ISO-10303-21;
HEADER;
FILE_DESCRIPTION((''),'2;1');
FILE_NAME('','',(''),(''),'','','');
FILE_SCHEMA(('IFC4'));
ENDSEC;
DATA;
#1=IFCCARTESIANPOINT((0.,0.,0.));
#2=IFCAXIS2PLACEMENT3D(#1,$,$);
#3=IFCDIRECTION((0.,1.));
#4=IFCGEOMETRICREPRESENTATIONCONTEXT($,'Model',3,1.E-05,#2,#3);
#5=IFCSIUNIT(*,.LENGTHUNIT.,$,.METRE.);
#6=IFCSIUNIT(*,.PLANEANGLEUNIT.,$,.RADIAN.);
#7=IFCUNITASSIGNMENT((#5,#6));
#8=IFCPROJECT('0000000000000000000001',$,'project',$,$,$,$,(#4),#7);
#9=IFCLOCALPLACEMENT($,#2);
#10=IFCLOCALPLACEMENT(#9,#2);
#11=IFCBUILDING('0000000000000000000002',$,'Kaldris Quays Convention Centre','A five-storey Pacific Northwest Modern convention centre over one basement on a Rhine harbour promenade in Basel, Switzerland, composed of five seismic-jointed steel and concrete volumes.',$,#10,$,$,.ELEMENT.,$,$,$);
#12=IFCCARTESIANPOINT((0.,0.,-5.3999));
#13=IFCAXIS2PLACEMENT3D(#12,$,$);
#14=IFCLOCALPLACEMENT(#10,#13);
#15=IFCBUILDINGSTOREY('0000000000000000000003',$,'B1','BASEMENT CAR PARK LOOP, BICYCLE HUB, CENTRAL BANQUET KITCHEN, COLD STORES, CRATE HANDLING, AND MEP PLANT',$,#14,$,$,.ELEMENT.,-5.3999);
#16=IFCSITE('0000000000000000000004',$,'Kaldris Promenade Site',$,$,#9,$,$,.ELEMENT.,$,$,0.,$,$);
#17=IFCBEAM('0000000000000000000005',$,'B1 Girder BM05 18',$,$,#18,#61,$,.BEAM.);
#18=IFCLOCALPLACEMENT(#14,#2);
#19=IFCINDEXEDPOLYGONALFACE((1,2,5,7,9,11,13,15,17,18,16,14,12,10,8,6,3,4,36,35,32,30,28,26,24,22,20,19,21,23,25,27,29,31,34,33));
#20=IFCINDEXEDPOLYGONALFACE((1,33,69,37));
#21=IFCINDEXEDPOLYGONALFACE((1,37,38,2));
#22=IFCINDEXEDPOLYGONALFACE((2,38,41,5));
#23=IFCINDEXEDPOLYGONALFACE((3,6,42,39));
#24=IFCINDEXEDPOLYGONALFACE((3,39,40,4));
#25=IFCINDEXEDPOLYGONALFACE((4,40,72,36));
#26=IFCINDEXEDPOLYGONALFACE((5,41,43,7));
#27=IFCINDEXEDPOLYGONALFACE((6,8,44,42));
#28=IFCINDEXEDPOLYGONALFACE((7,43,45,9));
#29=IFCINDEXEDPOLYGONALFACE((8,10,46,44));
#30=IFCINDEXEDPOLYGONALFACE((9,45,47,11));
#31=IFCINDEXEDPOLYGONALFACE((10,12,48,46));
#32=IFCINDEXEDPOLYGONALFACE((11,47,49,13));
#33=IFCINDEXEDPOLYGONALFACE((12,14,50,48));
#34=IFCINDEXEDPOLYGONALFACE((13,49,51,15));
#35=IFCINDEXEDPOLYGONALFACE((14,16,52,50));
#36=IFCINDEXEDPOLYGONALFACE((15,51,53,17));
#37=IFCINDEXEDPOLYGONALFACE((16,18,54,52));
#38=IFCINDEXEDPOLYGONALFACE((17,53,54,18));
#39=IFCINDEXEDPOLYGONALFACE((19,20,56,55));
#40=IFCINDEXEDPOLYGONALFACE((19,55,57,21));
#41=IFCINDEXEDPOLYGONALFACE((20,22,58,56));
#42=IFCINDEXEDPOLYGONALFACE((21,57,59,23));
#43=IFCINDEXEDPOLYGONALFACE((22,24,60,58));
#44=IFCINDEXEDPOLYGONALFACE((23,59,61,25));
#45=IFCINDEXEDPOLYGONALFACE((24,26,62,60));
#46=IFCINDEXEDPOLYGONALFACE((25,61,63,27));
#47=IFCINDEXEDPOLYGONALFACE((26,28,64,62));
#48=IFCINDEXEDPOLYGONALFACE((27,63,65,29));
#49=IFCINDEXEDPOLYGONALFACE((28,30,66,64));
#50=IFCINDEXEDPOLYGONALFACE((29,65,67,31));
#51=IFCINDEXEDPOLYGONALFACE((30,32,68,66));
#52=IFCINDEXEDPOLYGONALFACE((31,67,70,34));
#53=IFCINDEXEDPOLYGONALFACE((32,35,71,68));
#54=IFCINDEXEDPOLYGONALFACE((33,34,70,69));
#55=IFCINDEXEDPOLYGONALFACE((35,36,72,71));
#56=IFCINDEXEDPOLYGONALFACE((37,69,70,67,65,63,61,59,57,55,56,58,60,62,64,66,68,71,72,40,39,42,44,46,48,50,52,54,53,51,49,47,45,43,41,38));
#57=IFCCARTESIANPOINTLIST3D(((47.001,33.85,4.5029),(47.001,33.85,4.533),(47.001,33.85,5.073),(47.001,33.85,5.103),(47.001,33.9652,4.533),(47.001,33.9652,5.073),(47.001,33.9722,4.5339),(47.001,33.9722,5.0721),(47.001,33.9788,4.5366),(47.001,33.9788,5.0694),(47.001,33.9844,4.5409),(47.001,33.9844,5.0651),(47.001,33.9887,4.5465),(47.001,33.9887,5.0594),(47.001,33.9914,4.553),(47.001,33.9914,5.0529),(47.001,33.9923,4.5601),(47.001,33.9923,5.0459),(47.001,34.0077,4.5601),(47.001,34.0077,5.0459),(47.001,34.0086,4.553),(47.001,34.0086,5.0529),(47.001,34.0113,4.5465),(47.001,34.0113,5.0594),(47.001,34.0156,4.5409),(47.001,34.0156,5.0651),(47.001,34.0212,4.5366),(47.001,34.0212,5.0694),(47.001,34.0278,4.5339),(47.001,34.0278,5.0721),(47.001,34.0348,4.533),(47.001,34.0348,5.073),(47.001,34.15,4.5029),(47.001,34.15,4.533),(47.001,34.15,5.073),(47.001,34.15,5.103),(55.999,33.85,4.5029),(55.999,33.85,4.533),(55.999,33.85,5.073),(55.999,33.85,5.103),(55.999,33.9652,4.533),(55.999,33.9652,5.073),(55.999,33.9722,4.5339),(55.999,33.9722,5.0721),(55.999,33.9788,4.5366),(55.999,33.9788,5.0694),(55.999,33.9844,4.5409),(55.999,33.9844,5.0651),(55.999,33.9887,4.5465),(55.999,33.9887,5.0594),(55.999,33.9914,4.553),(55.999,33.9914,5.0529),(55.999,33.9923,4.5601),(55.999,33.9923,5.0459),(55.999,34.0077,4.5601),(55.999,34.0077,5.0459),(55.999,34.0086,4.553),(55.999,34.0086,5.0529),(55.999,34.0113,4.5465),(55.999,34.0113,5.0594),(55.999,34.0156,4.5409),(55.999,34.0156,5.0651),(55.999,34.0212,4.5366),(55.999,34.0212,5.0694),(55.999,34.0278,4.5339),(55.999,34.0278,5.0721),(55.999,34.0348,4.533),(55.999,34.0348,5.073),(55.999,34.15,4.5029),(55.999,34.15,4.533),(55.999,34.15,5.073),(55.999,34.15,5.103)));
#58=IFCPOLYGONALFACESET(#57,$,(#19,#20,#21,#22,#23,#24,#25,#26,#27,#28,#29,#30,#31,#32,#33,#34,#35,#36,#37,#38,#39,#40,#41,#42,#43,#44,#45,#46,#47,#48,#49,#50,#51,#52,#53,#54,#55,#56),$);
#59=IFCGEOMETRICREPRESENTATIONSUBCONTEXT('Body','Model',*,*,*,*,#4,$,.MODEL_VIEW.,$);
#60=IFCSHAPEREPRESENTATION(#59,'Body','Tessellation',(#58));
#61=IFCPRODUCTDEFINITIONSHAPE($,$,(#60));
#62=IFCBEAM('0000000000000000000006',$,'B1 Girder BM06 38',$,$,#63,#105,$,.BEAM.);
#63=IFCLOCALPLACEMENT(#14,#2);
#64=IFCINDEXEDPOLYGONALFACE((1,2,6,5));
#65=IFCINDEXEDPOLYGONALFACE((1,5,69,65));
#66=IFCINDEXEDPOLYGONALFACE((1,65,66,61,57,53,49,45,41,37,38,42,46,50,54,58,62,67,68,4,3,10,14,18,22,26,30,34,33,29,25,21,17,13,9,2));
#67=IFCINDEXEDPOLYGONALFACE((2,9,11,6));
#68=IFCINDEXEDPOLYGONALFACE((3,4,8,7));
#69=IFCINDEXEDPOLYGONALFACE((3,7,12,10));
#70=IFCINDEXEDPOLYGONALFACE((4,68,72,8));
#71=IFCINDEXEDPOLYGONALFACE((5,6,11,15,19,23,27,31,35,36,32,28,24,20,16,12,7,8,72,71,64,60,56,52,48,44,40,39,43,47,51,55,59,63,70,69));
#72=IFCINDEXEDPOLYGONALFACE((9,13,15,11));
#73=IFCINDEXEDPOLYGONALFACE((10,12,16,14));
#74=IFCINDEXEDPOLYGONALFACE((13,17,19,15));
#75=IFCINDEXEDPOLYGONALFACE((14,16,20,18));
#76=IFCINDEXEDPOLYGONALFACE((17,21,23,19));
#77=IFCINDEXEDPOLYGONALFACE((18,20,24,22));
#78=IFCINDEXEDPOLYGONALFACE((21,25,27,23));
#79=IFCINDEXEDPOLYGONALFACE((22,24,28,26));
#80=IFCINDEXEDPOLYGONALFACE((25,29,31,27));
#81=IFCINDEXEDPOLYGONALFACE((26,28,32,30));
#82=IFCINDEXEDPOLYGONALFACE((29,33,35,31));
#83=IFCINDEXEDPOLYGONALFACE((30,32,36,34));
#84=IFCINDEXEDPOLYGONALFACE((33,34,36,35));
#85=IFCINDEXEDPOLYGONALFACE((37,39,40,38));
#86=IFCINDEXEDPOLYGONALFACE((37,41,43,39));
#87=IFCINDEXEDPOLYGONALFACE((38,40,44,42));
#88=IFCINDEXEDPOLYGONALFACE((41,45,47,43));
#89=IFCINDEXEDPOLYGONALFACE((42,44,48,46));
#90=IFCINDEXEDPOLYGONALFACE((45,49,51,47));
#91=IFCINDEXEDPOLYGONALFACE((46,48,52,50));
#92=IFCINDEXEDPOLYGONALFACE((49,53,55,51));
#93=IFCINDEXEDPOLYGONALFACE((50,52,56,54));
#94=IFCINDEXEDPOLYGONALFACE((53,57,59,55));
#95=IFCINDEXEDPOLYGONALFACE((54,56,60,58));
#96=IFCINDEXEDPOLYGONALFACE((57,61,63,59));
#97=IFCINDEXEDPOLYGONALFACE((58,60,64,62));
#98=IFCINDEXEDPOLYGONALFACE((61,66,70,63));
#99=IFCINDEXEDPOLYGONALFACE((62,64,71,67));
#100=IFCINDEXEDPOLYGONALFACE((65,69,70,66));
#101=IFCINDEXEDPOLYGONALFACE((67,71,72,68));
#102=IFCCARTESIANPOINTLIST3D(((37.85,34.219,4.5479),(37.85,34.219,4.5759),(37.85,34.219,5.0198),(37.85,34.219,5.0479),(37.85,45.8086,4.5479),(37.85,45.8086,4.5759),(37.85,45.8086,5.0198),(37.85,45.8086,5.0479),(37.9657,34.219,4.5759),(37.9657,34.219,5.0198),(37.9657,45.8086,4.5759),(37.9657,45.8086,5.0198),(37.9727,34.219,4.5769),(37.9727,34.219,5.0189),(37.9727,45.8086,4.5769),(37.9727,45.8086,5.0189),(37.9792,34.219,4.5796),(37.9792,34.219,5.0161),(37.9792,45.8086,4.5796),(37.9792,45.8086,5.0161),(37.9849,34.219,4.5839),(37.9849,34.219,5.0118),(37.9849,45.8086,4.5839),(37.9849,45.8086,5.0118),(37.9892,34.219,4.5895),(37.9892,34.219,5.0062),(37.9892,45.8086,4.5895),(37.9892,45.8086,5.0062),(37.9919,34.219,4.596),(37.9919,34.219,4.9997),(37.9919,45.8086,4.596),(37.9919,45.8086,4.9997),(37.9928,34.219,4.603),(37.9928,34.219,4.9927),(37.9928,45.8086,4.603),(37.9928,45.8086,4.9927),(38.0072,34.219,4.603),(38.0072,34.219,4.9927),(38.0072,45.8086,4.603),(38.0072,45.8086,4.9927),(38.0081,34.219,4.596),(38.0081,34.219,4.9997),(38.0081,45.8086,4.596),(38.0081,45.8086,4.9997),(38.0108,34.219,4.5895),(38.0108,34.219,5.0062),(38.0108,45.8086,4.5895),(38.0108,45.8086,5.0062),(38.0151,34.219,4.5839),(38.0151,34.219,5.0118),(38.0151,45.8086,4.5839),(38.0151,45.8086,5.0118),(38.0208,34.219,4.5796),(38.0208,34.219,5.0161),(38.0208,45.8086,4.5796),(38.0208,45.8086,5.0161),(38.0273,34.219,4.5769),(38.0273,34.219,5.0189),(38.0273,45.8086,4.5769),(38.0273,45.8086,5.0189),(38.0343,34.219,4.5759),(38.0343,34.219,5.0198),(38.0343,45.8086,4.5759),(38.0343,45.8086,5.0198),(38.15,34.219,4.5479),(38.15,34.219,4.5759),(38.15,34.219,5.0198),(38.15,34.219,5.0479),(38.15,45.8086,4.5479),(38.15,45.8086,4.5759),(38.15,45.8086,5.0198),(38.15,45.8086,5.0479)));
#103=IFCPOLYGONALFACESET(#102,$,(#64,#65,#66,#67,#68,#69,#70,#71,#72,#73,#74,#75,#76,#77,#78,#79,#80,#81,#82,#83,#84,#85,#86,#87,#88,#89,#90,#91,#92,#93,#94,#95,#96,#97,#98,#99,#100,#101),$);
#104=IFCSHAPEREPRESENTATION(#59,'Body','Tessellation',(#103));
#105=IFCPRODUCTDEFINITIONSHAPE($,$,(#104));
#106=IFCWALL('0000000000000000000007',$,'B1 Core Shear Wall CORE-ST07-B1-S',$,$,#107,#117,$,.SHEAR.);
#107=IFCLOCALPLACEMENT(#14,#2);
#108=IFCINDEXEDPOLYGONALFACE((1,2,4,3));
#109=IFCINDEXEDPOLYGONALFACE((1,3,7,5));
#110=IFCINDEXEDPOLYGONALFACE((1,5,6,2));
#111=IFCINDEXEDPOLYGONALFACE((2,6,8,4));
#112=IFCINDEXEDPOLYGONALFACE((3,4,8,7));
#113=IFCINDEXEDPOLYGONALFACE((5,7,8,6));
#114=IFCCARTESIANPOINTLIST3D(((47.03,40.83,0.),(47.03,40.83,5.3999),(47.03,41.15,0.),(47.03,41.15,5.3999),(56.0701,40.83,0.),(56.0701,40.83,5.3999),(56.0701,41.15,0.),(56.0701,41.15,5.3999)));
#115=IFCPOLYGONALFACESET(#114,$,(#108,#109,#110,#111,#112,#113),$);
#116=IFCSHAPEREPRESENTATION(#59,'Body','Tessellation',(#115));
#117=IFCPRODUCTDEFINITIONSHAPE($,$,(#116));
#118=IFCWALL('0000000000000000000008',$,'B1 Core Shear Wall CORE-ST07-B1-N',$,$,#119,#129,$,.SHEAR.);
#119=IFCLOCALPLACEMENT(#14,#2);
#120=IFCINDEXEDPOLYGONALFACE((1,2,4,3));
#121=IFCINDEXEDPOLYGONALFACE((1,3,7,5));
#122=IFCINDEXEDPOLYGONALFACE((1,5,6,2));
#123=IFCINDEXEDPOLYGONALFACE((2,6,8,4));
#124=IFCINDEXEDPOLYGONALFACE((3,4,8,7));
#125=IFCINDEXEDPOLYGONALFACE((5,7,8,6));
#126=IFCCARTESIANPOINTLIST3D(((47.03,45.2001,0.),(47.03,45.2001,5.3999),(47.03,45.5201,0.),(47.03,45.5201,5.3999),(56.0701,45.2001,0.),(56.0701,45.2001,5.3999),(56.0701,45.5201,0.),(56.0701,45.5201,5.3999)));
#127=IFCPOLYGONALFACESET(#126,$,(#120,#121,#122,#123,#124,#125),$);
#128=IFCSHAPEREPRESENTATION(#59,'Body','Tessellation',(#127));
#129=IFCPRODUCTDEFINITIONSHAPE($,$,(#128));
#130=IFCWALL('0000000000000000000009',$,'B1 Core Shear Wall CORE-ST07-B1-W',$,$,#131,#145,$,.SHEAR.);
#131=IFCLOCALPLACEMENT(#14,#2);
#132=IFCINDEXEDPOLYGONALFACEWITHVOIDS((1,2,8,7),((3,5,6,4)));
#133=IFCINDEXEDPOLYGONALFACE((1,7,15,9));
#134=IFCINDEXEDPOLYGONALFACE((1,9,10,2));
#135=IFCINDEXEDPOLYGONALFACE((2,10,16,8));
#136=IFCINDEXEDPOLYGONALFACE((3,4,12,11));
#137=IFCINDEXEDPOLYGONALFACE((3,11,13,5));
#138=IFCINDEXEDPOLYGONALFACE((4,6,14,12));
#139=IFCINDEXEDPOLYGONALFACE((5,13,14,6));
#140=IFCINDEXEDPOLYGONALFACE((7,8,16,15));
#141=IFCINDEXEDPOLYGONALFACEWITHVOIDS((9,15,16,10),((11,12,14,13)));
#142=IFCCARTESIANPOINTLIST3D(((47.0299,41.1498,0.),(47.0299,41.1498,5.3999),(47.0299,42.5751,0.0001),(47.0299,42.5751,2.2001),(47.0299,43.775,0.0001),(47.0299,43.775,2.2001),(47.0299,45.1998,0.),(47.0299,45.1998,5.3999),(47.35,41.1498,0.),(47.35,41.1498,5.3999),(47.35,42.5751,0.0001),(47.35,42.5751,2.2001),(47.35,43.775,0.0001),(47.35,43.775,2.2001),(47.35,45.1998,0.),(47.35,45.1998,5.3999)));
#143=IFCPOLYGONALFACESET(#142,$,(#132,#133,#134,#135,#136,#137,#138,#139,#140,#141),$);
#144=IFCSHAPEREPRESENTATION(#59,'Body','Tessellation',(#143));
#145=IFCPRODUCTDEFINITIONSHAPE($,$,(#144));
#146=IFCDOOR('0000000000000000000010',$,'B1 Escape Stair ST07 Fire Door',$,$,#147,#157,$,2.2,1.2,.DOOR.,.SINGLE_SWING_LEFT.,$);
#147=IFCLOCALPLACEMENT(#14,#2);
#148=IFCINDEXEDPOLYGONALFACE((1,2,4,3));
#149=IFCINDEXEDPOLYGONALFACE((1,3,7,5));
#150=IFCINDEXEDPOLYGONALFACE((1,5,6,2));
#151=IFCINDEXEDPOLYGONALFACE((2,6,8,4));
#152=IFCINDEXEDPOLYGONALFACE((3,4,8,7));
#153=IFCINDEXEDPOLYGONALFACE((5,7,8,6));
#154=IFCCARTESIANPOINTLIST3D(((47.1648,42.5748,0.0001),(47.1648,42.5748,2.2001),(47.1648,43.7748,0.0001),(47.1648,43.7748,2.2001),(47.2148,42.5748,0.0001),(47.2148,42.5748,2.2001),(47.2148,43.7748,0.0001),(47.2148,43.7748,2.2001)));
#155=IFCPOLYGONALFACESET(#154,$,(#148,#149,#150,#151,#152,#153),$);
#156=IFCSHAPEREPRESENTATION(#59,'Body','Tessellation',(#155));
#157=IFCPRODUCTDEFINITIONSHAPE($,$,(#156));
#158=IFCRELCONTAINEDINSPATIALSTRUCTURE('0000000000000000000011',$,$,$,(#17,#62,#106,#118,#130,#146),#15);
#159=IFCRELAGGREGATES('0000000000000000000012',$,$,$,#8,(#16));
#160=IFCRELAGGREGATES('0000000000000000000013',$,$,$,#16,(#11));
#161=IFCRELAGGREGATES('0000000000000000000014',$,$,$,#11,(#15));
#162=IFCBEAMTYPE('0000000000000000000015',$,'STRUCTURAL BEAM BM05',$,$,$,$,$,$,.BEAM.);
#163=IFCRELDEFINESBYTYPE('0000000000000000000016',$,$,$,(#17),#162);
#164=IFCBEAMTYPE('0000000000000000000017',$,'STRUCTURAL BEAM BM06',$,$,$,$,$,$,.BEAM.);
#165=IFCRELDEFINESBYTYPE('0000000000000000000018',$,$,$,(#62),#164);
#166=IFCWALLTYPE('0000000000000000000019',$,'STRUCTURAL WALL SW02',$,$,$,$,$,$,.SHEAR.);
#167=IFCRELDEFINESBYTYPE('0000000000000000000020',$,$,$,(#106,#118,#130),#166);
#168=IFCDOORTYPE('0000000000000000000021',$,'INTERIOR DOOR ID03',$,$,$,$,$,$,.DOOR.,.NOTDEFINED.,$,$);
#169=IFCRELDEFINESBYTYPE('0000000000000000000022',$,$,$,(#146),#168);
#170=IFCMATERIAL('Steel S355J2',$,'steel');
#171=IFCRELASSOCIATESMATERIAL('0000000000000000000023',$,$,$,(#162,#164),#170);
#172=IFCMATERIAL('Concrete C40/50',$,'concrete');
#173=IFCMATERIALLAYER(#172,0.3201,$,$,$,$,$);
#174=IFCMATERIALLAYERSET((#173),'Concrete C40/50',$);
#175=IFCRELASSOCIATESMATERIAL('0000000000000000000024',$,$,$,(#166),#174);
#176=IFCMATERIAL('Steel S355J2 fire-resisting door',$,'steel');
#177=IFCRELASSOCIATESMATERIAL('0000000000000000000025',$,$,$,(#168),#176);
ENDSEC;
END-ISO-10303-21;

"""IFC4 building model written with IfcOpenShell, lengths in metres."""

from ifc_helpers import new_model, si_unit, direction, frame, frame_2d, origin, origin_2d, place, context, subcontext, project, spatial, rectangle, i_section, extrude, material, layer, layer_set, material_profile, profile_set, type_object, element, fill, save


model = new_model("IFC4")

# Units and contexts
model_context = context("Model", 3, precision=1e-05, world=origin(), true_north=direction((0.0, 1.0)))
body_context = subcontext(model_context, "Body", "Model", "MODEL_VIEW")
ifc_project = project(units=[si_unit("LENGTHUNIT", "METRE"), si_unit("PLANEANGLEUNIT", "RADIAN")], contexts=[model_context])

# Site, building, storey
site_placement = place(None, origin())
site = spatial("IfcSite", under=ifc_project, at=site_placement, Name="Kaldris Promenade Site", CompositionType="ELEMENT", RefElevation=0.0)
building_placement = place(site_placement, origin())
building = spatial("IfcBuilding", under=site, at=building_placement, Name="Kaldris Quays Convention Centre", Description="A five-storey Pacific Northwest Modern convention centre over one basement on a Rhine harbour promenade in Basel, Switzerland, composed of five seismic-jointed steel and concrete volumes.", CompositionType="ELEMENT")
storey_placement = place(building_placement, frame((0.0, 0.0, -5.3999)))
storey = spatial("IfcBuildingStorey", under=building, at=storey_placement, Name="B1", Description="BASEMENT CAR PARK LOOP, BICYCLE HUB, CENTRAL BANQUET KITCHEN, COLD STORES, CRATE HANDLING, AND MEP PLANT", CompositionType="ELEMENT", Elevation=-5.3999)

# Shared definitions
ifc_material_1 = material(Name="Steel S355J2", Category="steel")

# Beams
ifc_material_profile_1 = material_profile(ifc_material_1, i_section(OverallWidth=0.3, OverallDepth=0.6001, WebThickness=0.0154, FlangeThickness=0.03, FilletRadius=0.0271, at=origin_2d()), Name="HEB 600")
ifc_profile_set_1 = profile_set([ifc_material_profile_1], Name="Steel S355J2")
beam_type_1 = type_object("IfcBeamType", Name="STRUCTURAL BEAM BM05", PredefinedType="BEAM", material=ifc_profile_set_1)
for number, where, z_axis, x_axis, name in (
    (1, (47.001, 34.0, 4.803), (1.0, 0.0, 0.0), (0.0, 1.0, 0.0), "B1 Girder BM05 18"),
):
    element("IfcBeam", number, at=place(storey_placement, frame(where, z_axis=z_axis, x_axis=x_axis)), inside=storey, type_object=beam_type_1, Name=name, PredefinedType="BEAM", context=body_context, shape_type="SweptSolid", body=[
        extrude(i_section(OverallWidth=0.3, OverallDepth=0.6001, WebThickness=0.0154, FlangeThickness=0.03, FilletRadius=0.0271, at=origin_2d()), origin(), (0.0, 0.0, 1.0), 8.998),
    ])
ifc_material_profile_2 = material_profile(ifc_material_1, i_section(OverallWidth=0.3, OverallDepth=0.5, WebThickness=0.0144, FlangeThickness=0.0281, FilletRadius=0.0271, at=origin_2d()), Name="HEB 500")
ifc_profile_set_2 = profile_set([ifc_material_profile_2], Name="Steel S355J2")
beam_type_2 = type_object("IfcBeamType", Name="STRUCTURAL BEAM BM06", PredefinedType="BEAM", material=ifc_profile_set_2)
beam_placement = place(storey_placement, frame((38.0, 34.219, 4.7979), z_axis=(0.0, 1.0, 0.0), x_axis=(-1.0, 0.0, 0.0)))
element("IfcBeam", 2, at=beam_placement, inside=storey, type_object=beam_type_2, Name="B1 Girder BM06 38", PredefinedType="BEAM", context=body_context, shape_type="SweptSolid", body=[
    extrude(i_section(OverallWidth=0.3, OverallDepth=0.5, WebThickness=0.0144, FlangeThickness=0.0281, FilletRadius=0.0271, at=origin_2d()), origin(), (0.0, 0.0, 1.0), 11.5896),
])

# Walls
ifc_material_2 = material(Name="Concrete C40/50", Category="concrete")
ifc_layer = layer(ifc_material_2, 0.3201)
ifc_layer_set = layer_set([ifc_layer], Name="Concrete C40/50")
wall_type = type_object("IfcWallType", Name="STRUCTURAL WALL SW02", PredefinedType="SHEAR", material=ifc_layer_set)
for number, where, z_axis, x_axis, name in (
    (3, (47.03, 40.99, 0.0), (0.0, 0.0, 1.0), (1.0, 0.0, 0.0), "B1 Core Shear Wall CORE-ST07-B1-S"),
    (4, (47.03, 45.3601, 0.0), (0.0, 0.0, 1.0), (1.0, 0.0, 0.0), "B1 Core Shear Wall CORE-ST07-B1-N"),
):
    element("IfcWall", number, at=place(storey_placement, frame(where, z_axis=z_axis, x_axis=x_axis)), inside=storey, type_object=wall_type, Name=name, PredefinedType="SHEAR", context=body_context, shape_type="SweptSolid", body=[
        extrude(rectangle(XDim=9.04, YDim=0.3201, at=frame_2d((4.52, 0.0))), origin(), (0.0, 0.0, 1.0), 5.3999),
    ])

# Wall, opening, door
wall_placement = place(storey_placement, frame((47.1899, 41.1499, 0.0), z_axis=(0.0, 0.0, 1.0), x_axis=(0.0, 1.0, 0.0)))
wall = element("IfcWall", 5, at=wall_placement, inside=storey, type_object=wall_type, Name="B1 Core Shear Wall CORE-ST07-B1-W", PredefinedType="SHEAR", context=body_context, shape_type="SweptSolid", body=[
    extrude(rectangle(XDim=4.05, YDim=0.3201, at=frame_2d((2.0249, 0.0))), origin(), (0.0, 0.0, 1.0), 5.3999),
])
opening_placement = place(wall_placement, frame((1.425, 0.0, 0.0)))
opening = element("IfcOpeningElement", 6, at=opening_placement, cuts=wall, PredefinedType="OPENING", context=body_context, shape_type="SweptSolid", body=[
    extrude(rectangle(XDim=1.2, YDim=2.2, at=frame_2d((0.6001, 1.1001))), frame((0.0, 0.1699, 0.0), z_axis=(0.0, -1.0, 0.0), x_axis=(1.0, 0.0, 0.0)), (0.0, 0.0, 1.0), 0.3401),
])
ifc_material_3 = material(Name="Steel S355J2 fire-resisting door", Category="steel")
door_type = type_object("IfcDoorType", Name="INTERIOR DOOR ID03", OperationType="NOTDEFINED", PredefinedType="DOOR", material=ifc_material_3)
door_placement = place(opening_placement, frame((1.2, 0.0, 0.0), z_axis=(0.0, 0.0, 1.0), x_axis=(-1.0, 0.0, 0.0)))
door = element("IfcDoor", 7, at=door_placement, inside=storey, type_object=door_type, Name="B1 Escape Stair ST07 Fire Door", OperationType="SINGLE_SWING_LEFT", OverallHeight=2.2, OverallWidth=1.2, PredefinedType="DOOR", context=body_context, shape_type="SweptSolid", body=[
    extrude(rectangle(XDim=1.2, YDim=2.2, at=frame_2d((0.6001, 1.1001))), frame((0.0, 0.0249, 0.0), z_axis=(0.0, -1.0, 0.0), x_axis=(1.0, 0.0, 0.0)), (0.0, 0.0, 1.0), 0.05),
])
fill(opening, door)

save(model, "model.ifc")
